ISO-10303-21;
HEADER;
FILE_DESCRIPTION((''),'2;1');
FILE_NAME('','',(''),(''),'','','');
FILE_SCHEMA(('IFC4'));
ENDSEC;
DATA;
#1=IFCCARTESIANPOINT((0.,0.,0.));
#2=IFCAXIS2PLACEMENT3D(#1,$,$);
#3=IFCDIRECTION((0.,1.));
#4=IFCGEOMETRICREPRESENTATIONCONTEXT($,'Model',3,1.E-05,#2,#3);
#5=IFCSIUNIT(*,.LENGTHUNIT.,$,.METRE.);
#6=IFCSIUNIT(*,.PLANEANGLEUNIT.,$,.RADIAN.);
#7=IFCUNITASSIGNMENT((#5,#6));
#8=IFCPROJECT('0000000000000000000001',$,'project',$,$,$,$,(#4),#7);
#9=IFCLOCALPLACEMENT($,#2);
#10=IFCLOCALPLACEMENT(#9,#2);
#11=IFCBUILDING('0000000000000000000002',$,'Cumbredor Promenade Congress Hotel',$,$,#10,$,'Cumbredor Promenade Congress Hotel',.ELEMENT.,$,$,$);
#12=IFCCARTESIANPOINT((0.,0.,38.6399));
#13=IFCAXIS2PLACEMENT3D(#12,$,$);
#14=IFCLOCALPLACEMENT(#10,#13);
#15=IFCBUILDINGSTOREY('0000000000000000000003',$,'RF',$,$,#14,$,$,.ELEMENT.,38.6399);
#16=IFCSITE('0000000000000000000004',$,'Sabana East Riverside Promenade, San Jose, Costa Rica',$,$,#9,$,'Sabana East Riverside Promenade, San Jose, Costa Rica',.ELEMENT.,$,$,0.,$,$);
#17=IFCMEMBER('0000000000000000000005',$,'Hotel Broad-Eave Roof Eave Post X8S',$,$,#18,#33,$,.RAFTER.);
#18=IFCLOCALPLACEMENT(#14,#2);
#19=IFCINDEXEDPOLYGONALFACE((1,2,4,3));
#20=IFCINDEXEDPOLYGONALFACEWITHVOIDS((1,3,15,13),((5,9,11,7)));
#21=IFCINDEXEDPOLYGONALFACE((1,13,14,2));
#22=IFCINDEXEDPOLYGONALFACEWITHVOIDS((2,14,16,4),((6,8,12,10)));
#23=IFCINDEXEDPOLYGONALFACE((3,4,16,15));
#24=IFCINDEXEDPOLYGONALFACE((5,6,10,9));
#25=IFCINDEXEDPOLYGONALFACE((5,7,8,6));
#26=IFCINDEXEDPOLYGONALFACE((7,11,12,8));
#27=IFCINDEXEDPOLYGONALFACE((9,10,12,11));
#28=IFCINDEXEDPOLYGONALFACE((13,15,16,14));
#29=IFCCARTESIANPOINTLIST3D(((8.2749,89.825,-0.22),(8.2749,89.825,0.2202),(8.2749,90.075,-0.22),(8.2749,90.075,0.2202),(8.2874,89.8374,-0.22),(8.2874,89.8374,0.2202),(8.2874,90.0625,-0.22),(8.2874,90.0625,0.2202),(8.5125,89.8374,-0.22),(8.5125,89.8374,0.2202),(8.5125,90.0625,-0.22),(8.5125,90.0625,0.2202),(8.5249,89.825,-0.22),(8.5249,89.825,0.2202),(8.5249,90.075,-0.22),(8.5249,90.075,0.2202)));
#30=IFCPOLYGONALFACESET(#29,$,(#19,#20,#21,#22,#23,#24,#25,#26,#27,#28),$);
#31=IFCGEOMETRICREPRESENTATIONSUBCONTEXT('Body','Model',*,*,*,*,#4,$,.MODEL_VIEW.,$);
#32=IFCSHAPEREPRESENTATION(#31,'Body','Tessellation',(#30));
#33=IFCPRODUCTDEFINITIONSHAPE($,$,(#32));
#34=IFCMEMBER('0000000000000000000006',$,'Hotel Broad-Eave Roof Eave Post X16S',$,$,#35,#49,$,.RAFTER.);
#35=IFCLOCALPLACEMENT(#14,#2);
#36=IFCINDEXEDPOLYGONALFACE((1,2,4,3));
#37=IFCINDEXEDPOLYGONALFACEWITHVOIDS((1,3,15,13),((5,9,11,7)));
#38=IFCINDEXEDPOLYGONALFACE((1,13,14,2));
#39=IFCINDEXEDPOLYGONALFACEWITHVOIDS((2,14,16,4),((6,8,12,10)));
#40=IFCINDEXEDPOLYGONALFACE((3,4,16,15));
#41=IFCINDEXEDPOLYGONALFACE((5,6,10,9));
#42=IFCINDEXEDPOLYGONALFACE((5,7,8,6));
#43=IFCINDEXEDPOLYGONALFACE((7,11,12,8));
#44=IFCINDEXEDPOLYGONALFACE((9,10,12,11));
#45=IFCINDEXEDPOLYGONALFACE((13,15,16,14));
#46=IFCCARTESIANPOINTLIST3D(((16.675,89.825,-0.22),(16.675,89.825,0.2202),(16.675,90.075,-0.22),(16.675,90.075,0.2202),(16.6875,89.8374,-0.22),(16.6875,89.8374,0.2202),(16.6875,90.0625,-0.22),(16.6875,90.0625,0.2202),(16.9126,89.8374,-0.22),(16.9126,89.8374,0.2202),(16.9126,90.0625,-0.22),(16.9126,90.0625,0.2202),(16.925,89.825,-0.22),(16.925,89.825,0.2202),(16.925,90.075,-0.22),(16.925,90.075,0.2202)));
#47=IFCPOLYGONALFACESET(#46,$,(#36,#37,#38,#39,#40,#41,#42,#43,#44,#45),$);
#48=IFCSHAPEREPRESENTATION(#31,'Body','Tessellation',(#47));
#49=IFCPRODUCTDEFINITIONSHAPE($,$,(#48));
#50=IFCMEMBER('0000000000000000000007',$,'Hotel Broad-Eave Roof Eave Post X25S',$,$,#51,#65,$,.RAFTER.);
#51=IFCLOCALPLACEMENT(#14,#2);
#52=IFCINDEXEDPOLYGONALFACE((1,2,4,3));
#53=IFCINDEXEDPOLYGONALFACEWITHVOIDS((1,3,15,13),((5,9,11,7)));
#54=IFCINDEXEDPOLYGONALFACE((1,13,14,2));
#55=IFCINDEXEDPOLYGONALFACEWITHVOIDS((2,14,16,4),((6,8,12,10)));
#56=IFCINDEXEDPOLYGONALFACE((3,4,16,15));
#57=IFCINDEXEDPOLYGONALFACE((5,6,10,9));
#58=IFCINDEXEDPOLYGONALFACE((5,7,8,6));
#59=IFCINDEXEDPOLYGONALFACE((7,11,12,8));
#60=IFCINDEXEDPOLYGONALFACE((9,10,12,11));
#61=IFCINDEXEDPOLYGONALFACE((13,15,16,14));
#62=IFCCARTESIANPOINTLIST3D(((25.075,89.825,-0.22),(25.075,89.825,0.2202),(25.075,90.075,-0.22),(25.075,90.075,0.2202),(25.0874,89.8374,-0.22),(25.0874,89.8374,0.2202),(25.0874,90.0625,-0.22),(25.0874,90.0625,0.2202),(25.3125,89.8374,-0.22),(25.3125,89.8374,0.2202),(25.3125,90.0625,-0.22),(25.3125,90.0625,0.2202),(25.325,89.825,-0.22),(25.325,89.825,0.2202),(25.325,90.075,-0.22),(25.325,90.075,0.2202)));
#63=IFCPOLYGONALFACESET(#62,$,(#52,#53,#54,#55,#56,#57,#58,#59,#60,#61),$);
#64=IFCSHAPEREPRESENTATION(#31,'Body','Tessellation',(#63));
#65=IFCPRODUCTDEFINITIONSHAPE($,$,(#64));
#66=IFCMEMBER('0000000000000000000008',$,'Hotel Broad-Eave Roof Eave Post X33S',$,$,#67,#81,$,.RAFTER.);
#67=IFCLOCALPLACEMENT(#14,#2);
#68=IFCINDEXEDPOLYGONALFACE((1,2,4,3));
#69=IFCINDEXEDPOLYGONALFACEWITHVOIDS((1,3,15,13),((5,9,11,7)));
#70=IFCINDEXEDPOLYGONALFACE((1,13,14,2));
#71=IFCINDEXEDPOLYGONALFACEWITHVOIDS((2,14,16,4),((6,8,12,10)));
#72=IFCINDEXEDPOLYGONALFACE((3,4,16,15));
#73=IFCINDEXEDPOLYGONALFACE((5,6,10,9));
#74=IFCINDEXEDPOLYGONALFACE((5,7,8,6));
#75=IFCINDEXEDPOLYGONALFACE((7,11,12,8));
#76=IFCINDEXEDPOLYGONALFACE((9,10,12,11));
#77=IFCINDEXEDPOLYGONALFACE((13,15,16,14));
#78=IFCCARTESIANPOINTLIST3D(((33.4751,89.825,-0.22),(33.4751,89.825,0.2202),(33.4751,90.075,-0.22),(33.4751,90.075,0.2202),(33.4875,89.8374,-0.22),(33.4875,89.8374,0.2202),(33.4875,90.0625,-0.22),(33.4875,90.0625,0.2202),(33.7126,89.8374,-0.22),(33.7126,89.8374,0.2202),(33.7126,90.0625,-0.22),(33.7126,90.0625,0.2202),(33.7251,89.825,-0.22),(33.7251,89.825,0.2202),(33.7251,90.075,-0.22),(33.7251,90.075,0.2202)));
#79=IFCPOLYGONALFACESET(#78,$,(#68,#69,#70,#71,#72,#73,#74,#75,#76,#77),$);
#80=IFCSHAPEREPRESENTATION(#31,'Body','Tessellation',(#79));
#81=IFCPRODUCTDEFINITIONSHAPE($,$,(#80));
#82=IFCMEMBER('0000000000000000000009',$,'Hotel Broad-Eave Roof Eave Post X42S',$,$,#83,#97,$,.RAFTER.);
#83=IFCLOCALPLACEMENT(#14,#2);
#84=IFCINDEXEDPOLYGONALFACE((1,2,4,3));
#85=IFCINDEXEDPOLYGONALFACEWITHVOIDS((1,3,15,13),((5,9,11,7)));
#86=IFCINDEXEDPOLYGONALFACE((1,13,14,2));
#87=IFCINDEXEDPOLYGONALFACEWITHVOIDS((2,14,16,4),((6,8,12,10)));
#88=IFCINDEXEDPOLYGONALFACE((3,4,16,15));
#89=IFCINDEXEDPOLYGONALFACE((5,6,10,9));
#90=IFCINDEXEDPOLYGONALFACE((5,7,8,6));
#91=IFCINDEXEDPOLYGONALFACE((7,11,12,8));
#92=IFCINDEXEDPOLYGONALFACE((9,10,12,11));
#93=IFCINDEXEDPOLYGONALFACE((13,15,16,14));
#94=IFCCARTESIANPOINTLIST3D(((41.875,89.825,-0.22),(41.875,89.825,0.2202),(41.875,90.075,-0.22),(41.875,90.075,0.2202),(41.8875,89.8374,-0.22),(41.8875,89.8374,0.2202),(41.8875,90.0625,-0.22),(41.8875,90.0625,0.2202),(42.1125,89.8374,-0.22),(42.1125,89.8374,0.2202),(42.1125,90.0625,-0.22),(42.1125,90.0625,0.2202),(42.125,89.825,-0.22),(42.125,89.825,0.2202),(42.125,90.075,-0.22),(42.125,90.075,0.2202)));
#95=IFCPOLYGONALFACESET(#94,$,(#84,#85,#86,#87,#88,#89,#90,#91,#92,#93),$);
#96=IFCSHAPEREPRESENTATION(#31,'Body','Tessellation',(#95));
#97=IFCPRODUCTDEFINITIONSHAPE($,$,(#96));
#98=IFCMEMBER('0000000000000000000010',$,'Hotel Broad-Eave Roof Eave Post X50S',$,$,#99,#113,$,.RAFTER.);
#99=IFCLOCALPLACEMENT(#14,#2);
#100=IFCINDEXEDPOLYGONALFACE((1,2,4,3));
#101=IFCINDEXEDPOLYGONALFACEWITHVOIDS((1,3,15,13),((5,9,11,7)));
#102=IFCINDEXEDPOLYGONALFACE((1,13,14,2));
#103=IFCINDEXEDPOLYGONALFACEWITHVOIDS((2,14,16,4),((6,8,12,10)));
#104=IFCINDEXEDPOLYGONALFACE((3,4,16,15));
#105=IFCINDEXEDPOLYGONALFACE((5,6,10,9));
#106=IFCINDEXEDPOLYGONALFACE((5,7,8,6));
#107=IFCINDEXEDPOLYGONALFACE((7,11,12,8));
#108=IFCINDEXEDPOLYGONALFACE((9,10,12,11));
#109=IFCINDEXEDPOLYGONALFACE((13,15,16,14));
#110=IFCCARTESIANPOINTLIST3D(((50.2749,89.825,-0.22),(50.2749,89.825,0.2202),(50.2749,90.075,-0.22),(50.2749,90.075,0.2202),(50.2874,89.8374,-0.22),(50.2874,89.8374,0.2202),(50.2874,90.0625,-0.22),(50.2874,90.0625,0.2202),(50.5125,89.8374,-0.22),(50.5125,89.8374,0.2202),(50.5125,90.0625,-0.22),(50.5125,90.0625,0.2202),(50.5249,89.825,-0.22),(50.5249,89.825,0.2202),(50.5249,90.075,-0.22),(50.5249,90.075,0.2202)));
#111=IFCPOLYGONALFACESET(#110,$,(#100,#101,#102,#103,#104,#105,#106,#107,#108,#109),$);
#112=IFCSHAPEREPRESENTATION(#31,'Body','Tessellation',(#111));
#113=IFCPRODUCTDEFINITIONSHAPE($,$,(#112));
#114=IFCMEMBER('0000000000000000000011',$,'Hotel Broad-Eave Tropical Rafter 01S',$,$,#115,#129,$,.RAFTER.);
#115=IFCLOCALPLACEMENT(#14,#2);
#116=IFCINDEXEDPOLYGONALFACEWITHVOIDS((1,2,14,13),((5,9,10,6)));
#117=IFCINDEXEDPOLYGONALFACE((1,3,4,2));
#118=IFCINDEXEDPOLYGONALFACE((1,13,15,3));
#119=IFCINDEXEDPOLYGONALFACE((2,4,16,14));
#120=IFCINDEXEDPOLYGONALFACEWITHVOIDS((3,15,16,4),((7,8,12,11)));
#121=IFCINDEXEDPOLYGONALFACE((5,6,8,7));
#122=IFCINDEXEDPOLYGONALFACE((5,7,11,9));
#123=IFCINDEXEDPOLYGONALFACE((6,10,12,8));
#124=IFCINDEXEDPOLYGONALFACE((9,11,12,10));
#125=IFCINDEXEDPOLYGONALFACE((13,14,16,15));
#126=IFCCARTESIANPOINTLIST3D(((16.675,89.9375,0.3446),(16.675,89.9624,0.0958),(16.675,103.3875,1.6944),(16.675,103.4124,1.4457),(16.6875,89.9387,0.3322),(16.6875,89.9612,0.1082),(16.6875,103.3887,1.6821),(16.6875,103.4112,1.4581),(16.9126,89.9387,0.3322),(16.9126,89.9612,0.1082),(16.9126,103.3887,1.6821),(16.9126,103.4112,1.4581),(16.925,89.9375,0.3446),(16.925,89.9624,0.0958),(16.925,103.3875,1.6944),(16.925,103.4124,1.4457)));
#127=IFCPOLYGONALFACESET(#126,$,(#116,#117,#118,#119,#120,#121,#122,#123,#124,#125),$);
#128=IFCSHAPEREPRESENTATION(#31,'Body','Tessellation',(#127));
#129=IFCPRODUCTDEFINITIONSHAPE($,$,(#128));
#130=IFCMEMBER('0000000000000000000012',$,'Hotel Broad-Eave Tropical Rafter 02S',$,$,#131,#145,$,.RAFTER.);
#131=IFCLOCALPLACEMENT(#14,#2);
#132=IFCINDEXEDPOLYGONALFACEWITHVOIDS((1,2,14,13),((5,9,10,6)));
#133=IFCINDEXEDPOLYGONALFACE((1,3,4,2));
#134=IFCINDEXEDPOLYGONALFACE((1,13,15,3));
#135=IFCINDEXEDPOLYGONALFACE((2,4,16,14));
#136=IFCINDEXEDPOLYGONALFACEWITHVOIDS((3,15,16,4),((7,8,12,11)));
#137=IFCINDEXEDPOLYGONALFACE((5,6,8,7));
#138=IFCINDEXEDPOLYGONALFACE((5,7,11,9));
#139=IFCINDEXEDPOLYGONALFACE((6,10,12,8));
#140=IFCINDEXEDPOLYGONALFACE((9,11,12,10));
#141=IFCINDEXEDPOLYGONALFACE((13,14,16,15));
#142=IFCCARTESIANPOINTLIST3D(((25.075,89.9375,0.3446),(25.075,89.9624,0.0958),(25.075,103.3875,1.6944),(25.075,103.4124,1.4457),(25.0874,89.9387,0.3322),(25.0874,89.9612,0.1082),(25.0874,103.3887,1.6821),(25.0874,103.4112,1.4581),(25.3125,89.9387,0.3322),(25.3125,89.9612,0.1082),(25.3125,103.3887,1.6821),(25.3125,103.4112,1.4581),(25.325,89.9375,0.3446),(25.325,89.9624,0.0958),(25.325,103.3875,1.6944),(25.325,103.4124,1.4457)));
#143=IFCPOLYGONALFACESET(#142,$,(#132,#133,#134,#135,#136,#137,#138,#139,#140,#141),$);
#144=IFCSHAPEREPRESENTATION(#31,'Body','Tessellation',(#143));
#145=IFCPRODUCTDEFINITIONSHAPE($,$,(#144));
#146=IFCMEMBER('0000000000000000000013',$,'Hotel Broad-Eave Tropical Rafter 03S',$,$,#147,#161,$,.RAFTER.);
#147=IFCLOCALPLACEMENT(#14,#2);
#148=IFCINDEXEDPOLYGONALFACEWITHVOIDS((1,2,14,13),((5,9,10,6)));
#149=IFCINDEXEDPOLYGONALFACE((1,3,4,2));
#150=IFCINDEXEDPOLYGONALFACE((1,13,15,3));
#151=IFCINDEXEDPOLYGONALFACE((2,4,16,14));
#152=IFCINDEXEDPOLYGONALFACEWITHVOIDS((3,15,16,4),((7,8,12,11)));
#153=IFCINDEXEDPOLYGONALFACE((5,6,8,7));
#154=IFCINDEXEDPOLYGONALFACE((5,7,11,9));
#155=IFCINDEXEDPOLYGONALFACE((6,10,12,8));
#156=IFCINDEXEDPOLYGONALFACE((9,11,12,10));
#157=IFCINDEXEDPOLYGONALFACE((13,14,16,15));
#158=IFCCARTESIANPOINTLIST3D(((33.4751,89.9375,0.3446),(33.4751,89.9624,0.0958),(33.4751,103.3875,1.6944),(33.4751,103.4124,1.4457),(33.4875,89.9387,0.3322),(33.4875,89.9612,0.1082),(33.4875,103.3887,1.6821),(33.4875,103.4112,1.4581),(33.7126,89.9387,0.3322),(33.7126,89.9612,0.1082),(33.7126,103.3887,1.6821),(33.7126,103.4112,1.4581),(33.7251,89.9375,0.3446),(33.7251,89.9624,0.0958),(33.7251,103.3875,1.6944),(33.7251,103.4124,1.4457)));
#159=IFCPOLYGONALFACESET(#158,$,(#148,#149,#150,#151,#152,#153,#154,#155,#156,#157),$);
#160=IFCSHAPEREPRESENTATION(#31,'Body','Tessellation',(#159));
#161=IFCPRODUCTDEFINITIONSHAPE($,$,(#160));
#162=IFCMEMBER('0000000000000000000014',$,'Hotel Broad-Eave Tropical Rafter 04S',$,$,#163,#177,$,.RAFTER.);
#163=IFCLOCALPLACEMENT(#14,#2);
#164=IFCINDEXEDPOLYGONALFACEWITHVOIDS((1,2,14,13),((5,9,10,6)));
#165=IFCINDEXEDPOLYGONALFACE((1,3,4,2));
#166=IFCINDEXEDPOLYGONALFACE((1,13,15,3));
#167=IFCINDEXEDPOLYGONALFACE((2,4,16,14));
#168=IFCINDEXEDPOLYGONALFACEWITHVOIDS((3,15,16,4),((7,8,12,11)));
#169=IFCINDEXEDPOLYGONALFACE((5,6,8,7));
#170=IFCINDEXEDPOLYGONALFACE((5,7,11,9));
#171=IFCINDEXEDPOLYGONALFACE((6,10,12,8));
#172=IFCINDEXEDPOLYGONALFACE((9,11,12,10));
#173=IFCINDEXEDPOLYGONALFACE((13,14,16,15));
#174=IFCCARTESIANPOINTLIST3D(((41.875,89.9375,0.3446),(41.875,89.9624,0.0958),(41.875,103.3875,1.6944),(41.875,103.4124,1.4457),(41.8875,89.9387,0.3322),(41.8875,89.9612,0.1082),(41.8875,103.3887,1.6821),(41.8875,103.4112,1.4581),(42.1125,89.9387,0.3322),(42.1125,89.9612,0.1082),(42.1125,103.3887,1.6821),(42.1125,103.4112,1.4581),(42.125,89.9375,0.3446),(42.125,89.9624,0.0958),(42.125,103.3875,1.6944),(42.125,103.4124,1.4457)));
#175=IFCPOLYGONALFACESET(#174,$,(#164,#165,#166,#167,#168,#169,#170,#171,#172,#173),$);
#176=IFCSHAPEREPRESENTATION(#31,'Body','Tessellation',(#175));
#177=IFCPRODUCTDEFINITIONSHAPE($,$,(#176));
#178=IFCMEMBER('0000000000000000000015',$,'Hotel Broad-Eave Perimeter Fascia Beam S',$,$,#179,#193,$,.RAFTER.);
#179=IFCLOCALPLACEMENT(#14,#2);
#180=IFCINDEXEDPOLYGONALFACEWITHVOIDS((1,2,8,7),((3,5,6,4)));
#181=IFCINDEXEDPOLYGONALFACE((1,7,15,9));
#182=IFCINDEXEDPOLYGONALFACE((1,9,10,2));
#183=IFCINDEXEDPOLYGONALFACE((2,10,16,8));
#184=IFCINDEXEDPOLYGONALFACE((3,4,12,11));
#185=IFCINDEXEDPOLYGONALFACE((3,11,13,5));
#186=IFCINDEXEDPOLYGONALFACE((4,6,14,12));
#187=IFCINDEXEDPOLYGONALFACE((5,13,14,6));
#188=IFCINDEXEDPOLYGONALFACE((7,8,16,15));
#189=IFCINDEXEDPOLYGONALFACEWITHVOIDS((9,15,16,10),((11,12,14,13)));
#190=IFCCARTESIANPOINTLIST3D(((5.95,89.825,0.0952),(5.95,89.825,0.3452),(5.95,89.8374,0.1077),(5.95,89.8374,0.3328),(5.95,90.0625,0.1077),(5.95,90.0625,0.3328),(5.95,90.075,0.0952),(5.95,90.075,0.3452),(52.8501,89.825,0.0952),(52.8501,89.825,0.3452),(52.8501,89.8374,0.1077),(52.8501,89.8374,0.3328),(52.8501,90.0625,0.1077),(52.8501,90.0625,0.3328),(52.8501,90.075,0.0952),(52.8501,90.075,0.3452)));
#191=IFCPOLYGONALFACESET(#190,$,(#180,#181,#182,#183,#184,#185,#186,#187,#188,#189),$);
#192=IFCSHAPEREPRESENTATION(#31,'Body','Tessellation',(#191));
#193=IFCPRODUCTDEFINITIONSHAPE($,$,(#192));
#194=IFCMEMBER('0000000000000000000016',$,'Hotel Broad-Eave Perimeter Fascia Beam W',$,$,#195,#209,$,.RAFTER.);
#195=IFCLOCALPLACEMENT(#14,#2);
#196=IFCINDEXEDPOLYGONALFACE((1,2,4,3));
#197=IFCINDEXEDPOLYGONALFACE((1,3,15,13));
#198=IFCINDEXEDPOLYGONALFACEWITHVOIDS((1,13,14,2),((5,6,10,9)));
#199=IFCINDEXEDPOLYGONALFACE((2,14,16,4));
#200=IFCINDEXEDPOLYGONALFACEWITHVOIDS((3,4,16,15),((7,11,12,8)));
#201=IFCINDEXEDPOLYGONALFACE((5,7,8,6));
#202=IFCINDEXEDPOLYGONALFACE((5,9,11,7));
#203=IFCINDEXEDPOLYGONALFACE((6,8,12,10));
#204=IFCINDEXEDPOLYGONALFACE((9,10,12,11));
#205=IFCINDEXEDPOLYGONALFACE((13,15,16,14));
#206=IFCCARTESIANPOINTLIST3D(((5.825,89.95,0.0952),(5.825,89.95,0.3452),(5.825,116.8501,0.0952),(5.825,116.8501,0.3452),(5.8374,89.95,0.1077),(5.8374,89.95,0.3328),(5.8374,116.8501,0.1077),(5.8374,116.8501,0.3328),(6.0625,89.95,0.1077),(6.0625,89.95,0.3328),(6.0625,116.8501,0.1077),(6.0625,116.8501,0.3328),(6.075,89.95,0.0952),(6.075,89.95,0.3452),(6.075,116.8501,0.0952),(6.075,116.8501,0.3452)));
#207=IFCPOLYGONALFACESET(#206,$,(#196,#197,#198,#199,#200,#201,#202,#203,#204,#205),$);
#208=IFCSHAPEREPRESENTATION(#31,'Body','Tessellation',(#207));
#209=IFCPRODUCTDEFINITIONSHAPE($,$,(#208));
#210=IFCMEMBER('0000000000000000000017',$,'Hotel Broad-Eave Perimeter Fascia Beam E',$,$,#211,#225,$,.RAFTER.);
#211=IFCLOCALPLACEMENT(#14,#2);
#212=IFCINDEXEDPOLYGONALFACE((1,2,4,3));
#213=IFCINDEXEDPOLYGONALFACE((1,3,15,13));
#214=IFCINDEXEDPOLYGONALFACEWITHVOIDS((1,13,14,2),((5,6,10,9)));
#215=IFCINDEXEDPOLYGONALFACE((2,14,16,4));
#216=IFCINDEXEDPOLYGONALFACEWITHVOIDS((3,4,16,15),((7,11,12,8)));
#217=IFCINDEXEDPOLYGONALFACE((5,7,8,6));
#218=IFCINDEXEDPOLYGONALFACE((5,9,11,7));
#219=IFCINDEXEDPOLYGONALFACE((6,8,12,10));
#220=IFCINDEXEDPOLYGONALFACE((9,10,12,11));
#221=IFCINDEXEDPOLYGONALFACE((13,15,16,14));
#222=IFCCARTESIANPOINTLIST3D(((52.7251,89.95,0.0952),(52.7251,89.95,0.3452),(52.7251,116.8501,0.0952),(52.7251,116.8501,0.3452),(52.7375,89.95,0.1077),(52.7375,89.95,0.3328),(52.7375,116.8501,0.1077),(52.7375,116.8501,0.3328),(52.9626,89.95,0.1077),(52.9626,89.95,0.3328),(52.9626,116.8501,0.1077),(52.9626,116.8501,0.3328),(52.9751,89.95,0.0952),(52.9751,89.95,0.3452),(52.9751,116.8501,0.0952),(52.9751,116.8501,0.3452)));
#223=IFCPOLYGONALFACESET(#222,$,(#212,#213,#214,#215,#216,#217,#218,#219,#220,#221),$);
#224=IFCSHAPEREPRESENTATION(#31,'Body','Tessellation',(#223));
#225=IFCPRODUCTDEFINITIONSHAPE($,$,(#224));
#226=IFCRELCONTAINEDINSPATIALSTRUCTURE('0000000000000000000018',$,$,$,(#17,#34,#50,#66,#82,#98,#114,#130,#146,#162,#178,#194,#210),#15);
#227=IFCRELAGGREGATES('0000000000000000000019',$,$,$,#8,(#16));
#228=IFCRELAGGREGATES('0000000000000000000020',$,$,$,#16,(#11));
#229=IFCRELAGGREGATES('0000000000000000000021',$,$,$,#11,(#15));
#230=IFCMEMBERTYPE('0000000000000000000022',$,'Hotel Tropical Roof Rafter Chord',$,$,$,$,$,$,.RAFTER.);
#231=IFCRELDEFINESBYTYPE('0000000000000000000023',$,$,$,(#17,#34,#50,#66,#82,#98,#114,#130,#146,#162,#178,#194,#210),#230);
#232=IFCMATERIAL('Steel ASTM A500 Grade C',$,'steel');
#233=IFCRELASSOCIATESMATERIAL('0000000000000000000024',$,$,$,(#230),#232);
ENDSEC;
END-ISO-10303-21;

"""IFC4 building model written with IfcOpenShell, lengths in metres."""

from ifc_helpers import new_model, si_unit, direction, frame, origin, origin_2d, place, context, subcontext, project, spatial, hollow_rectangle, extrude, material, material_profile, profile_set, type_object, element, save


model = new_model("IFC4")

# Units and contexts
model_context = context("Model", 3, precision=1e-05, world=origin(), true_north=direction((0.0, 1.0)))
body_context = subcontext(model_context, "Body", "Model", "MODEL_VIEW")
ifc_project = project(units=[si_unit("LENGTHUNIT", "METRE"), si_unit("PLANEANGLEUNIT", "RADIAN")], contexts=[model_context])

# Site, building, storey
site_placement = place(None, origin())
site = spatial("IfcSite", under=ifc_project, at=site_placement, Name="Sabana East Riverside Promenade, San Jose, Costa Rica", LongName="Sabana East Riverside Promenade, San Jose, Costa Rica", CompositionType="ELEMENT", RefElevation=0.0)
building_placement = place(site_placement, origin())
building = spatial("IfcBuilding", under=site, at=building_placement, Name="Cumbredor Promenade Congress Hotel", LongName="Cumbredor Promenade Congress Hotel", CompositionType="ELEMENT")
storey_placement = place(building_placement, frame((0.0, 0.0, 38.6399)))
storey = spatial("IfcBuildingStorey", under=building, at=storey_placement, Name="RF", CompositionType="ELEMENT", Elevation=38.6399)

# Shared definitions
ifc_material_1 = material(Name="Steel ASTM A500 Grade C", Category="steel")

# Members
ifc_material_profile_1 = material_profile(ifc_material_1, hollow_rectangle(XDim=0.25, YDim=0.25, WallThickness=0.0125, at=origin_2d()), Name="HSS 250x250x12.5")
ifc_profile_set_1 = profile_set([ifc_material_profile_1], Name="Steel ASTM A500 Grade C")
member_type = type_object("IfcMemberType", Name="Hotel Tropical Roof Rafter Chord", PredefinedType="RAFTER", material=ifc_profile_set_1)
for number, where, z_axis, x_axis, name in (
    (1, (8.3999, 89.95, -0.22), (0.0, 0.0, 1.0), (1.0, 0.0, 0.0), "Hotel Broad-Eave Roof Eave Post X8S"),
    (2, (16.8, 89.95, -0.22), (0.0, 0.0, 1.0), (1.0, 0.0, 0.0), "Hotel Broad-Eave Roof Eave Post X16S"),
    (3, (25.2, 89.95, -0.22), (0.0, 0.0, 1.0), (1.0, 0.0, 0.0), "Hotel Broad-Eave Roof Eave Post X25S"),
    (4, (33.6001, 89.95, -0.22), (0.0, 0.0, 1.0), (1.0, 0.0, 0.0), "Hotel Broad-Eave Roof Eave Post X33S"),
    (5, (42.0, 89.95, -0.22), (0.0, 0.0, 1.0), (1.0, 0.0, 0.0), "Hotel Broad-Eave Roof Eave Post X42S"),
    (6, (50.3999, 89.95, -0.22), (0.0, 0.0, 1.0), (1.0, 0.0, 0.0), "Hotel Broad-Eave Roof Eave Post X50S"),
):
    element("IfcMember", number, at=place(storey_placement, frame(where, z_axis=z_axis, x_axis=x_axis)), inside=storey, type_object=member_type, Name=name, PredefinedType="RAFTER", context=body_context, shape_type="SweptSolid", body=[
        extrude(hollow_rectangle(XDim=0.25, YDim=0.25, WallThickness=0.0125, at=origin_2d()), origin(), (0.0, 0.0, 1.0), 0.4402),
    ])
for number, where, z_axis, x_axis, name in (
    (7, (16.8, 89.95, 0.2202), (0.0, 0.995002, 0.09986), (-1.0, 0.0, 0.0), "Hotel Broad-Eave Tropical Rafter 01S"),
    (8, (25.2, 89.95, 0.2202), (0.0, 0.995002, 0.09986), (-1.0, 0.0, 0.0), "Hotel Broad-Eave Tropical Rafter 02S"),
    (9, (33.6001, 89.95, 0.2202), (0.0, 0.995002, 0.09986), (-1.0, 0.0, 0.0), "Hotel Broad-Eave Tropical Rafter 03S"),
    (10, (42.0, 89.95, 0.2202), (0.0, 0.995002, 0.09986), (-1.0, 0.0, 0.0), "Hotel Broad-Eave Tropical Rafter 04S"),
):
    element("IfcMember", number, at=place(storey_placement, frame(where, z_axis=z_axis, x_axis=x_axis)), inside=storey, type_object=member_type, Name=name, PredefinedType="RAFTER", context=body_context, shape_type="SweptSolid", body=[
        extrude(hollow_rectangle(XDim=0.25, YDim=0.25, WallThickness=0.0125, at=origin_2d()), origin(), (0.0, 0.0, 1.0), 13.5176),
    ])
member_placement = place(storey_placement, frame((5.95, 89.95, 0.2202), z_axis=(1.0, 0.0, 0.0), x_axis=(0.0, 1.0, 0.0)))
element("IfcMember", 11, at=member_placement, inside=storey, type_object=member_type, Name="Hotel Broad-Eave Perimeter Fascia Beam S", PredefinedType="RAFTER", context=body_context, shape_type="SweptSolid", body=[
    extrude(hollow_rectangle(XDim=0.25, YDim=0.25, WallThickness=0.0125, at=origin_2d()), origin(), (0.0, 0.0, 1.0), 46.9001),
])
for number, where, z_axis, x_axis, name in (
    (12, (5.95, 89.95, 0.2202), (0.0, 1.0, 0.0), (-1.0, 0.0, 0.0), "Hotel Broad-Eave Perimeter Fascia Beam W"),
    (13, (52.8501, 89.95, 0.2202), (0.0, 1.0, 0.0), (-1.0, 0.0, 0.0), "Hotel Broad-Eave Perimeter Fascia Beam E"),
):
    element("IfcMember", number, at=place(storey_placement, frame(where, z_axis=z_axis, x_axis=x_axis)), inside=storey, type_object=member_type, Name=name, PredefinedType="RAFTER", context=body_context, shape_type="SweptSolid", body=[
        extrude(hollow_rectangle(XDim=0.25, YDim=0.25, WallThickness=0.0125, at=origin_2d()), origin(), (0.0, 0.0, 1.0), 26.9001),
    ])

save(model, "model.ifc")
